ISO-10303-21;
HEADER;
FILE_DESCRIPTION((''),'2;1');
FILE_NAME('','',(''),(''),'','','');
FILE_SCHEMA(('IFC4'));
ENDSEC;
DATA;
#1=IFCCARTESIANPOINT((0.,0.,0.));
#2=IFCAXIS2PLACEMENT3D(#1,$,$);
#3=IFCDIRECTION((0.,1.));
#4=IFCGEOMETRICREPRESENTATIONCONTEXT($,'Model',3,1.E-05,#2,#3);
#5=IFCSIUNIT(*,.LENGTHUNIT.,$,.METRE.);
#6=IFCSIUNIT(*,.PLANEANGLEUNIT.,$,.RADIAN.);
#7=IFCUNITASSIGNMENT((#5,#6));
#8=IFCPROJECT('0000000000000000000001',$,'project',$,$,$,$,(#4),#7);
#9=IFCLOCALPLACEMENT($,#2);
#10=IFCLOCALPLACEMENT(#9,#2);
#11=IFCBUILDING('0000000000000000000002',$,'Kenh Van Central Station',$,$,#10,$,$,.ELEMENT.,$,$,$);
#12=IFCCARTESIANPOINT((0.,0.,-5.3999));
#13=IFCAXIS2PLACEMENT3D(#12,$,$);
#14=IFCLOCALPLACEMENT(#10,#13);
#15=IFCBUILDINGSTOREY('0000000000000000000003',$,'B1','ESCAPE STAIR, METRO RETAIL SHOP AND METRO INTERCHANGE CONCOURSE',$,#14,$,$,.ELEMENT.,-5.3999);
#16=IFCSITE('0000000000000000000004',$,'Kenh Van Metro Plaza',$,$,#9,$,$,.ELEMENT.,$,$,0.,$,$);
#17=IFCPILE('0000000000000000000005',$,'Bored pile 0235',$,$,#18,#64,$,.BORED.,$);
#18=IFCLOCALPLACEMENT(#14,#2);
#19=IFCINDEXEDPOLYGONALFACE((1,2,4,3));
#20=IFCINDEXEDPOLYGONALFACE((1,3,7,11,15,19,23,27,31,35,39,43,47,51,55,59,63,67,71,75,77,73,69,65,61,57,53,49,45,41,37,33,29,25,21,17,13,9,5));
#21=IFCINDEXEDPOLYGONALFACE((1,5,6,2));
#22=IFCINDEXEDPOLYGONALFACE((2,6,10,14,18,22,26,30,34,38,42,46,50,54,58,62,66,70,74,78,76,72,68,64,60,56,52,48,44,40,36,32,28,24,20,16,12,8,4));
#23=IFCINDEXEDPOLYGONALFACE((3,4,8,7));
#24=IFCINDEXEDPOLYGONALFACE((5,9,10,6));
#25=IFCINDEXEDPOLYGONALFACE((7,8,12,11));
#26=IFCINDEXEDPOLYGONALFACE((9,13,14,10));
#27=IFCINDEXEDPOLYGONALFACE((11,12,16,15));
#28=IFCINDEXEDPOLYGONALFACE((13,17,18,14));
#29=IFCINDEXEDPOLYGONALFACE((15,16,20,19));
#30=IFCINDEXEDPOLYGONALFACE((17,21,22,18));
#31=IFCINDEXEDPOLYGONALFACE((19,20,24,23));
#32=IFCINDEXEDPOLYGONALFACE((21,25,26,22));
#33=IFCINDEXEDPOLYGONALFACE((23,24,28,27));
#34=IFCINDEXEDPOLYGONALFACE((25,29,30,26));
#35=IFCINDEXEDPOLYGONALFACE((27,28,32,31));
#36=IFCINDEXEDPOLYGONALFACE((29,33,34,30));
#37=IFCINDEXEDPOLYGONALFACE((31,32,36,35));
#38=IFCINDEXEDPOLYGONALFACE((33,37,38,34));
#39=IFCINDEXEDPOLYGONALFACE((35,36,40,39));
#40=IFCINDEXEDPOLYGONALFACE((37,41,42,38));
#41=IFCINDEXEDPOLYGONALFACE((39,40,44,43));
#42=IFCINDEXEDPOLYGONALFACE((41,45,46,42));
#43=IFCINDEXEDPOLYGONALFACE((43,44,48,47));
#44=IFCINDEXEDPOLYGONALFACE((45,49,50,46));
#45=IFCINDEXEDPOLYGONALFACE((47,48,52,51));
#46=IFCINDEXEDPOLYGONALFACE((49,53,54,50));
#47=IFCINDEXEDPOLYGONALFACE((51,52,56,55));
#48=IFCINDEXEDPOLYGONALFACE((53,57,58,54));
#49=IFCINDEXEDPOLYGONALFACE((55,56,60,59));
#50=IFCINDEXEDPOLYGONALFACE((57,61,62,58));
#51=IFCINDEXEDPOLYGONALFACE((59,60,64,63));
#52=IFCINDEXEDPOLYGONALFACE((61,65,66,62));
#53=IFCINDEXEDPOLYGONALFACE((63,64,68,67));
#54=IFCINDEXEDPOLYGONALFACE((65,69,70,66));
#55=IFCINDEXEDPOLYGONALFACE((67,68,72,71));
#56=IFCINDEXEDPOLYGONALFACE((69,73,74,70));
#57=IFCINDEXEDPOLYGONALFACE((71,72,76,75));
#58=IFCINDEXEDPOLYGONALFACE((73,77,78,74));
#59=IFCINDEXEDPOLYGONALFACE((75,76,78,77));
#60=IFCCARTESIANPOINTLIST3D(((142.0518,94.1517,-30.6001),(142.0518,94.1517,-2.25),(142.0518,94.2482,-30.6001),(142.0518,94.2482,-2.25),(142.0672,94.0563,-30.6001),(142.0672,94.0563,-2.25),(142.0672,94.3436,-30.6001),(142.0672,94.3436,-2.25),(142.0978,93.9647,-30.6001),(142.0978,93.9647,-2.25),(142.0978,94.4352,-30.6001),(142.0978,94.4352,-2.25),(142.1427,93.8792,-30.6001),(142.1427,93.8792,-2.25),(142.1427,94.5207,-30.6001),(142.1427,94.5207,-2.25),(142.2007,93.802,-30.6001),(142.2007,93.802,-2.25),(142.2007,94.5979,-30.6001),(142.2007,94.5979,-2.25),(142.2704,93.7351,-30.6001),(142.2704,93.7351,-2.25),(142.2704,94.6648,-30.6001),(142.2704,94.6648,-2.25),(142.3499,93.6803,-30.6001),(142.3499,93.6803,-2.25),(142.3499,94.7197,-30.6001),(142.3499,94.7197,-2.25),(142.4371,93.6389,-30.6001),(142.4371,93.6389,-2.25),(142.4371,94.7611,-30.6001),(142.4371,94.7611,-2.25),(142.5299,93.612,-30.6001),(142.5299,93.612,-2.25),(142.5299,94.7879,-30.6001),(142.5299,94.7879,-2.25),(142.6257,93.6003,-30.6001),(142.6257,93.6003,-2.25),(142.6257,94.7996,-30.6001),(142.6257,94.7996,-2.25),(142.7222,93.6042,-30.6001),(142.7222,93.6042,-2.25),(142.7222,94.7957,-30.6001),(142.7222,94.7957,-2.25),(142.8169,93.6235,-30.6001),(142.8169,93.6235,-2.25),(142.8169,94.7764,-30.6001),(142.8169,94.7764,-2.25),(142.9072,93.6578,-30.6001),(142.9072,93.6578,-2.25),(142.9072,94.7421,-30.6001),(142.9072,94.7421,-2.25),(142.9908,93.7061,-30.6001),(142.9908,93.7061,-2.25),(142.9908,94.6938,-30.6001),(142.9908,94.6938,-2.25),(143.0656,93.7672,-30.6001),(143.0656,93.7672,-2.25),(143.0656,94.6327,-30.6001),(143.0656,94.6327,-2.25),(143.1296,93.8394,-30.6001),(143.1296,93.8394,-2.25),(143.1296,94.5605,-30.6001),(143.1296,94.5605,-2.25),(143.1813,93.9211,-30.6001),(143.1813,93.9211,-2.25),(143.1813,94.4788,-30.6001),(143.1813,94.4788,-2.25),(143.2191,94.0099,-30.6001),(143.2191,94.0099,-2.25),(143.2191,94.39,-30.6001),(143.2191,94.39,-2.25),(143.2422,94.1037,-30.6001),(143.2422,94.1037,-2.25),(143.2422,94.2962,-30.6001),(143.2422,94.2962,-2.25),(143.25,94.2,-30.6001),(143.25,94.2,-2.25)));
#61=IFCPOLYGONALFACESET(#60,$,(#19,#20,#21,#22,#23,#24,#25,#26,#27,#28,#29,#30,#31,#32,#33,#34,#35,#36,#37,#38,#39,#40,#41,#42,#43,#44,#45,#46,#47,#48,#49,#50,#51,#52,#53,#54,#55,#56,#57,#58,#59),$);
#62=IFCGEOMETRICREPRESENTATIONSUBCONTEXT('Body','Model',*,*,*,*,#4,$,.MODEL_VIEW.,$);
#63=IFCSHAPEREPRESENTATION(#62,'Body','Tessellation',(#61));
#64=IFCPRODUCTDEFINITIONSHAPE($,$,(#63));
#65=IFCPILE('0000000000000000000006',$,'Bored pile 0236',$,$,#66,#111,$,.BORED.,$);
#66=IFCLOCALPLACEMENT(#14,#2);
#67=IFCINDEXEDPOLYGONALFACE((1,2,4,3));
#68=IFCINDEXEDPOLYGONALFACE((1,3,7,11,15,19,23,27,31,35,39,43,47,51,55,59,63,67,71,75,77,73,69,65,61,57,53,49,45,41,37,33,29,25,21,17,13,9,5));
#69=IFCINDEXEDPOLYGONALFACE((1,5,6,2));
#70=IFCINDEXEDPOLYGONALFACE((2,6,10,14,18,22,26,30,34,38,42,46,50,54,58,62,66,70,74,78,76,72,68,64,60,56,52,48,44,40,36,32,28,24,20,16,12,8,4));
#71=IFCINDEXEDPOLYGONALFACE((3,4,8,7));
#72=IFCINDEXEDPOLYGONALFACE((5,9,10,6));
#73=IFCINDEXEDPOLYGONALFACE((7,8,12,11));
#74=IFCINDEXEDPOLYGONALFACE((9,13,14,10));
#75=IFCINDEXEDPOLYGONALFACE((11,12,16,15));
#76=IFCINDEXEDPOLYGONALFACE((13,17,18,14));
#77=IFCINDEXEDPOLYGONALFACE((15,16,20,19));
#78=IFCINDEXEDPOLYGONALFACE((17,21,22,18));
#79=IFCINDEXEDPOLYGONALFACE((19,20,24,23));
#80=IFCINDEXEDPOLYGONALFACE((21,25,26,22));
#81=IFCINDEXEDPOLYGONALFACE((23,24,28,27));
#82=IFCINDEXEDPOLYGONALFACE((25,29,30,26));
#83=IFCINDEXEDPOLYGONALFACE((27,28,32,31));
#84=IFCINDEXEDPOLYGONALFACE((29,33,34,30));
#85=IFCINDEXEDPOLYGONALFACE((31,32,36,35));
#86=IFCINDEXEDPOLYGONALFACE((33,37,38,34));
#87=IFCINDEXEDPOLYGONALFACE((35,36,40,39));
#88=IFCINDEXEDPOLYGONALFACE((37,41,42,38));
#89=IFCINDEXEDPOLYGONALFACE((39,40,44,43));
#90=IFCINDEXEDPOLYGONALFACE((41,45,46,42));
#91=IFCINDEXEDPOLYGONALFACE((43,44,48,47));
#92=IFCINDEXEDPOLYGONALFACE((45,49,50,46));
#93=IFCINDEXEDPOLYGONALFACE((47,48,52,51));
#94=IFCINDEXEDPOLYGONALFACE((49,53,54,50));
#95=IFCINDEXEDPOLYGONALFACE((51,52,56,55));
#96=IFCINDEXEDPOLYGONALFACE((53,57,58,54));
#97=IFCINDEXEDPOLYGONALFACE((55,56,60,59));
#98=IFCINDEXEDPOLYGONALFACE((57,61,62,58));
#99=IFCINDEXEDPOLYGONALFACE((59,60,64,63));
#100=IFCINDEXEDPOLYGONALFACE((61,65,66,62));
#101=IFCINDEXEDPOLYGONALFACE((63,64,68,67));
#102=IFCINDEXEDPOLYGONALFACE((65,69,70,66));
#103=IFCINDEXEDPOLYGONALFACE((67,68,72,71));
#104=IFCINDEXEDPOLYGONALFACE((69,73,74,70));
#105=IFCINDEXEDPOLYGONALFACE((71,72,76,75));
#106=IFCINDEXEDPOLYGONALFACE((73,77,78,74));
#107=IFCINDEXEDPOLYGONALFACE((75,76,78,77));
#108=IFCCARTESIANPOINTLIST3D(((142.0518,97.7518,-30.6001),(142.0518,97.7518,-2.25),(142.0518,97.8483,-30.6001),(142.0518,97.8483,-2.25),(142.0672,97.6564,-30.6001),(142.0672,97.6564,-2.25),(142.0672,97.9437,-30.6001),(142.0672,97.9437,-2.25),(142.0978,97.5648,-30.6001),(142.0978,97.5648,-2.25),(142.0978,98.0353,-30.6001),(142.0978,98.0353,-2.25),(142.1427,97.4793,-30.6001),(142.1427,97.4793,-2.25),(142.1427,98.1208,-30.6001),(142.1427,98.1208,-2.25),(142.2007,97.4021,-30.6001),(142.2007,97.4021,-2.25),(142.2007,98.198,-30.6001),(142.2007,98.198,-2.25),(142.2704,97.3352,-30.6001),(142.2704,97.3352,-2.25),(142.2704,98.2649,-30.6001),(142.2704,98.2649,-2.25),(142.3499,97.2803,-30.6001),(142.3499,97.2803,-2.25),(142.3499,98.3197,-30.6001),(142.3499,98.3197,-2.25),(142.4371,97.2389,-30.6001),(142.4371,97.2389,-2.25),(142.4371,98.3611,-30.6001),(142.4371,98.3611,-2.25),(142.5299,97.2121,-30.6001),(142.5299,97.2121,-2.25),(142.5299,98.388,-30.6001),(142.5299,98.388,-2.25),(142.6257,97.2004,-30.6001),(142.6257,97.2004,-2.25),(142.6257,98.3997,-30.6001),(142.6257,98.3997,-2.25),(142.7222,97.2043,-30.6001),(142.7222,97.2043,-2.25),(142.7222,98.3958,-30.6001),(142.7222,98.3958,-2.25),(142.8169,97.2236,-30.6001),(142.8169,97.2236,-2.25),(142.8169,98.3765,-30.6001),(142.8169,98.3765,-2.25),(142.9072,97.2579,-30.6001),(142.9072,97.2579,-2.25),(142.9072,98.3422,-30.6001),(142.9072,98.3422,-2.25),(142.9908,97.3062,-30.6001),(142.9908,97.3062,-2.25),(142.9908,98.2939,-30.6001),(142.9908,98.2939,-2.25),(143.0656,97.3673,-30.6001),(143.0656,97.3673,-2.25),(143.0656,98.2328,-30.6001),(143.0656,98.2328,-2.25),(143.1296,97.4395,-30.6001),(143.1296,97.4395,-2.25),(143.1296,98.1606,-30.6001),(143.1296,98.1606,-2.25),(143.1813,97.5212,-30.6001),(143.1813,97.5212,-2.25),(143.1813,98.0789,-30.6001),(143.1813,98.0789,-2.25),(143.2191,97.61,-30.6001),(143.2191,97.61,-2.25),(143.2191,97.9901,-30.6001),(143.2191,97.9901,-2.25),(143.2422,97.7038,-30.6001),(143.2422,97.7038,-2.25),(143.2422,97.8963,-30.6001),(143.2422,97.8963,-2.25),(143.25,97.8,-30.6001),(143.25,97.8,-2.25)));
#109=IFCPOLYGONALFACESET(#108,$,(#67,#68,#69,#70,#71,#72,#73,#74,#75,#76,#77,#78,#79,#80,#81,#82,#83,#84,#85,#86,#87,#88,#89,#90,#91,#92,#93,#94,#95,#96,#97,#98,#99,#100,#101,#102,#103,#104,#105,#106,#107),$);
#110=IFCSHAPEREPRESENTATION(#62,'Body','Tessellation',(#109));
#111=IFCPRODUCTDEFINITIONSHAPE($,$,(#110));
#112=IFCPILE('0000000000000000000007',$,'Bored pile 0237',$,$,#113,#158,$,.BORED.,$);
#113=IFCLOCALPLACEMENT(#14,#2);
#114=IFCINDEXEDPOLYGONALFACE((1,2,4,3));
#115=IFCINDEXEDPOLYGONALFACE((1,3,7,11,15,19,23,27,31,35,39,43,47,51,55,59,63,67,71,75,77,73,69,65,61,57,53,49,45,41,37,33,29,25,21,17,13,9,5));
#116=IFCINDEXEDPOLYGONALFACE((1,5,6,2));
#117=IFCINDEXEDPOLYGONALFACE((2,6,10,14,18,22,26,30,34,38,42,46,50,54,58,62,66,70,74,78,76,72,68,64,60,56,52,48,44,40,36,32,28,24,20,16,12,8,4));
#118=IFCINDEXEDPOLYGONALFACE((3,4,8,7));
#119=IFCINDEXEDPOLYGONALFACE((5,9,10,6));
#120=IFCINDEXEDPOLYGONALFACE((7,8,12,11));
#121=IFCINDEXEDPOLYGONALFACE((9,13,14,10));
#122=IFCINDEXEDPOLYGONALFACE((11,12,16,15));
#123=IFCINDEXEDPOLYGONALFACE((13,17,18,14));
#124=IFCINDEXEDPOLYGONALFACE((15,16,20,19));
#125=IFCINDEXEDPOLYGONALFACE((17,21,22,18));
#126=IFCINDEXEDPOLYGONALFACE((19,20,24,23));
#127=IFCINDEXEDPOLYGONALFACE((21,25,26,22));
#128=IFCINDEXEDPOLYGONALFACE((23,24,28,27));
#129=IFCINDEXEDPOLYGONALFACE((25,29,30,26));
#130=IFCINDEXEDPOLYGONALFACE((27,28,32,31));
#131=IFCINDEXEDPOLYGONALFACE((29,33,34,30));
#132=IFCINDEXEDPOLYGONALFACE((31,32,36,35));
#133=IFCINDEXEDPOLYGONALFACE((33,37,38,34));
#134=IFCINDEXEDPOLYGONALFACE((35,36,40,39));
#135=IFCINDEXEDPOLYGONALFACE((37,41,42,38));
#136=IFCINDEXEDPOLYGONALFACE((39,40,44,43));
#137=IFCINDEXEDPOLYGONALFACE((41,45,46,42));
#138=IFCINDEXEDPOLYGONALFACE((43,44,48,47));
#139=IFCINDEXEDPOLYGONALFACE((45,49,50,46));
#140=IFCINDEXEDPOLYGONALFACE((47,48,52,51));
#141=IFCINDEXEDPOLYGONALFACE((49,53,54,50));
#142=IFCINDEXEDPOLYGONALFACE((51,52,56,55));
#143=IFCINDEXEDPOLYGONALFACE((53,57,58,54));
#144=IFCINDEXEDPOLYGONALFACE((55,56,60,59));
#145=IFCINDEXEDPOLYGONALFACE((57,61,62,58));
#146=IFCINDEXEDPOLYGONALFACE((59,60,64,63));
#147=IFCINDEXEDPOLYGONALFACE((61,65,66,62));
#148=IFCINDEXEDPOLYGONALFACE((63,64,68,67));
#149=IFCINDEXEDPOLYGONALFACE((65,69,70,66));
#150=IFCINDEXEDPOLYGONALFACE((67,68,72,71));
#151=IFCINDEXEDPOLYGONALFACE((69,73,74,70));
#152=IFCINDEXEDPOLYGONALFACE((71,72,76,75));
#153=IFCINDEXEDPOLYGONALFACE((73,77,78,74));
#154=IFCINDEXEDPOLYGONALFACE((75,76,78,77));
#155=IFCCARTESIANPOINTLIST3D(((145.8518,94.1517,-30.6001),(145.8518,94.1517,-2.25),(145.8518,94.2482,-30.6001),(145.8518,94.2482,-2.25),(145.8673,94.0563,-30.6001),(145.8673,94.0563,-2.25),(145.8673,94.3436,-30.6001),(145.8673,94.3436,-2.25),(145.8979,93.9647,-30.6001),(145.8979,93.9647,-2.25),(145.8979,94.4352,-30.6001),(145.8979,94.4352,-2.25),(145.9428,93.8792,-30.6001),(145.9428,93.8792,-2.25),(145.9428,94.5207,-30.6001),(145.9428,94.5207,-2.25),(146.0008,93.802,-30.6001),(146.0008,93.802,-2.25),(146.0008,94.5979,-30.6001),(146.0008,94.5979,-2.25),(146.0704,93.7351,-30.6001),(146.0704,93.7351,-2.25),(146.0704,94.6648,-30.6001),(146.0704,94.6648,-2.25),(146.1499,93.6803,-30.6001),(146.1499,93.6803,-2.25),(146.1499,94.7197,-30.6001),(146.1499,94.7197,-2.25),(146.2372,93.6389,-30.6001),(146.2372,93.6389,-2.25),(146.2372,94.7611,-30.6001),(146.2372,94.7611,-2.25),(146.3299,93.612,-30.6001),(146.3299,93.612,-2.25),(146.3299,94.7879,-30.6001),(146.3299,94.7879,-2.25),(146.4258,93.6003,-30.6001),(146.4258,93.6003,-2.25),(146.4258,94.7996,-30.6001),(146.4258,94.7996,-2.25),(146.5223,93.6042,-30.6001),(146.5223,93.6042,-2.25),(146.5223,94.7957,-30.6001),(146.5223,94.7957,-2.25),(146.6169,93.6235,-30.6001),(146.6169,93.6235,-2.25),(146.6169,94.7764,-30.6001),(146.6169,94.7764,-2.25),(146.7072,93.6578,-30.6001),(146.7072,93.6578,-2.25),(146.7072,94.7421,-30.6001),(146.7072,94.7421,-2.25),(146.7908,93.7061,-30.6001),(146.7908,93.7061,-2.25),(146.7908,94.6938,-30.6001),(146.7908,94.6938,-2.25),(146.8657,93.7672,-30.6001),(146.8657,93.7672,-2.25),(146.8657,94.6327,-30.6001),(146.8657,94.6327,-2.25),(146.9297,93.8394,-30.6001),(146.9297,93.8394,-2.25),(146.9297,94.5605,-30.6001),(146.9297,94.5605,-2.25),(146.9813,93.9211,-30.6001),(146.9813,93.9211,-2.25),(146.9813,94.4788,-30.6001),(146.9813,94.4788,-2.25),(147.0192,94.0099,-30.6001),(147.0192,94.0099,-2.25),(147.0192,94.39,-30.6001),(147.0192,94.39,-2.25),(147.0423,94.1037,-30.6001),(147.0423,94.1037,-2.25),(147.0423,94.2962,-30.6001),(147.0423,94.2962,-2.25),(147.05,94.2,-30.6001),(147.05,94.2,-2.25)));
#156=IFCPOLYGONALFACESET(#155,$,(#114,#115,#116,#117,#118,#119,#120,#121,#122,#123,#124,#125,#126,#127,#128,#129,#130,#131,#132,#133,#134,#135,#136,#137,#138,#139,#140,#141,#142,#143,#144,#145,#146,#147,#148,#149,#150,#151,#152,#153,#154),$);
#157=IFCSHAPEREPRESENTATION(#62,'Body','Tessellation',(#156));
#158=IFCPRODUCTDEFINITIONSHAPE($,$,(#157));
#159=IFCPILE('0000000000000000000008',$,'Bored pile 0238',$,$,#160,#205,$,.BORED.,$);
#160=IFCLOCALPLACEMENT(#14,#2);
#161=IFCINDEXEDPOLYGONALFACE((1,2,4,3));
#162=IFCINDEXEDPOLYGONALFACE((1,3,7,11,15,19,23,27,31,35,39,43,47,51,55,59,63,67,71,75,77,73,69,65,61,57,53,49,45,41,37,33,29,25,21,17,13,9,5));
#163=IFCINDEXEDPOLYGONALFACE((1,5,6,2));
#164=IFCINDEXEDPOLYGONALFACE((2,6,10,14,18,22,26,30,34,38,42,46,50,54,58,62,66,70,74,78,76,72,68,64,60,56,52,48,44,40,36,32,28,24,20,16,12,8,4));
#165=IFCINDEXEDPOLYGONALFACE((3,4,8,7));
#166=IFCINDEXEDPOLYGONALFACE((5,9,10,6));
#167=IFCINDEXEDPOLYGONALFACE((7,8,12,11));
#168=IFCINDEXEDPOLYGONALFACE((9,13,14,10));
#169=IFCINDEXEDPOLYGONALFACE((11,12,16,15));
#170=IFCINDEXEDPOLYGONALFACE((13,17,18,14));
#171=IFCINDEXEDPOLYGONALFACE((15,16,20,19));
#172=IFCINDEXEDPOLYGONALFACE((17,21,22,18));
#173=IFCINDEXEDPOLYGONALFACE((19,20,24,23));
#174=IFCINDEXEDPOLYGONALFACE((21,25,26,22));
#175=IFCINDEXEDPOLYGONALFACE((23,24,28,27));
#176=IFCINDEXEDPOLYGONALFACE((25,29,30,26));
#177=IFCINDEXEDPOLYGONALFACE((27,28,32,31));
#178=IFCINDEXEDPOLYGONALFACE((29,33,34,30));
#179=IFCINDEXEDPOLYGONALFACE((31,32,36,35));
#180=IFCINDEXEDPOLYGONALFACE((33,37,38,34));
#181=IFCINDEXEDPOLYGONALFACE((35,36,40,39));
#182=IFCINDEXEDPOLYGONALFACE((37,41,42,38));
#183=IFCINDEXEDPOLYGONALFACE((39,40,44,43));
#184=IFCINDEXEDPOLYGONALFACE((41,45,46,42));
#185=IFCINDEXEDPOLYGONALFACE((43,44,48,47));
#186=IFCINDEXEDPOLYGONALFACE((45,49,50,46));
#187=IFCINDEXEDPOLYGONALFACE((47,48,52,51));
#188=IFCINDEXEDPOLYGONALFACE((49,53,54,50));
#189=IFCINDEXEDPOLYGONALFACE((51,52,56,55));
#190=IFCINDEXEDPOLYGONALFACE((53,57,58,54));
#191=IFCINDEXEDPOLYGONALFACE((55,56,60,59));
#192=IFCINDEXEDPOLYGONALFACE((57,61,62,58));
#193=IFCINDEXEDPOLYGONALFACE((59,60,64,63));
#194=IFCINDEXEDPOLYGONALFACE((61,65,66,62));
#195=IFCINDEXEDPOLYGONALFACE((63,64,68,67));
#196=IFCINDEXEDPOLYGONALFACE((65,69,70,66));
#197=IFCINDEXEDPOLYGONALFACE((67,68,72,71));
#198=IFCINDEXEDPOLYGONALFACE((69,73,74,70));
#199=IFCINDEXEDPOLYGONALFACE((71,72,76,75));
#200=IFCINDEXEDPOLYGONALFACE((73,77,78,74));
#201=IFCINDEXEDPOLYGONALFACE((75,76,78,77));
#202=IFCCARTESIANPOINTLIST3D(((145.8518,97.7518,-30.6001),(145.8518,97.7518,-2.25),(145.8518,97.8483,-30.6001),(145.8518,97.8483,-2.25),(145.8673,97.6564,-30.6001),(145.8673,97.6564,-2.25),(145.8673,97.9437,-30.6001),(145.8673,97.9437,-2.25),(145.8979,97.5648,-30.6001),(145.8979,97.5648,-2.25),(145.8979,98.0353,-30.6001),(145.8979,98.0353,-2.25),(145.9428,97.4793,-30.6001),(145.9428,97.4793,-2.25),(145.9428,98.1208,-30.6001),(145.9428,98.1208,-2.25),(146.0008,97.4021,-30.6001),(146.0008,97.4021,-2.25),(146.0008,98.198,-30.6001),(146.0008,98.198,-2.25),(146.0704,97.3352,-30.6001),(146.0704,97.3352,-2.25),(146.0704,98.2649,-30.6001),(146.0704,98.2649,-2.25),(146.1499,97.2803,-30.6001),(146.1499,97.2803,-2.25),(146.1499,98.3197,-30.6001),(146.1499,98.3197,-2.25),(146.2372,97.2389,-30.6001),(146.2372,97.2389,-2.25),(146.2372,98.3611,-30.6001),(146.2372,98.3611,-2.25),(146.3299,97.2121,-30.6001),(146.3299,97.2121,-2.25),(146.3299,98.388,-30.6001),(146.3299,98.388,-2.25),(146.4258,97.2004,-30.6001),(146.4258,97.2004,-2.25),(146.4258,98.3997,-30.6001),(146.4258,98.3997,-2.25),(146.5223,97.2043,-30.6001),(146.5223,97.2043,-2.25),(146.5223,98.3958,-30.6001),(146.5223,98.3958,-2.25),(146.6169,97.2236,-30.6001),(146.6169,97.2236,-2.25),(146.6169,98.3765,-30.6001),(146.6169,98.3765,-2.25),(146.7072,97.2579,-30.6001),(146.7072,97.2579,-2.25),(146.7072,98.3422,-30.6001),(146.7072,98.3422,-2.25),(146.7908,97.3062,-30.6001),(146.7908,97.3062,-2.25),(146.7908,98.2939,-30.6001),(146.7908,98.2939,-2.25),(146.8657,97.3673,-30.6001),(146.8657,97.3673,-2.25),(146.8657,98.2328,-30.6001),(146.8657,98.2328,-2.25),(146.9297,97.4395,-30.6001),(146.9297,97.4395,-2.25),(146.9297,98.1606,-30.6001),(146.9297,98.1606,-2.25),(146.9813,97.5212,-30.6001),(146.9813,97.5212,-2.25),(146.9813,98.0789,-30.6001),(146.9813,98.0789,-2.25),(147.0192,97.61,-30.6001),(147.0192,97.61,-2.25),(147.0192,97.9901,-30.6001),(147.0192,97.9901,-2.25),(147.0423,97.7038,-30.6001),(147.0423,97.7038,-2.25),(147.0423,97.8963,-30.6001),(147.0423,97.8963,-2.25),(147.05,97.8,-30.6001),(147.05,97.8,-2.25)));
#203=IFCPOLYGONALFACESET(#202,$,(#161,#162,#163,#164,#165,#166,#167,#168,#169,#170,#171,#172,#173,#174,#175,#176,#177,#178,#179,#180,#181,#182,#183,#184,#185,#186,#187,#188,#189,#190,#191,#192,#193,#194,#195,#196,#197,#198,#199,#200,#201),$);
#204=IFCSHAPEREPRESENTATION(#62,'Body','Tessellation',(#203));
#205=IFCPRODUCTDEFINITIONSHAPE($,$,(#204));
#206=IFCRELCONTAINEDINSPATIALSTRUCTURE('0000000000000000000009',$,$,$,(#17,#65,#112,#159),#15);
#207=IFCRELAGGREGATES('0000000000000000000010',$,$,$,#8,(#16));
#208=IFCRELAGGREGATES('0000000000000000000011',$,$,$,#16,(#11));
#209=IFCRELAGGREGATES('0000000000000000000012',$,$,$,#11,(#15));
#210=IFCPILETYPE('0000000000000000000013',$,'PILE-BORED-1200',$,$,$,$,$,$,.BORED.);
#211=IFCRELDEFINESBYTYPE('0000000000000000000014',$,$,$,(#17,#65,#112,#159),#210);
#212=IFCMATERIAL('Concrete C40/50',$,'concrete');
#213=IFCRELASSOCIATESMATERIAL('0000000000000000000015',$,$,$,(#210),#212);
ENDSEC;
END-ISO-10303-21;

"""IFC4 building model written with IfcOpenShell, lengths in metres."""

from ifc_helpers import new_model, si_unit, direction, frame, origin, origin_2d, place, context, subcontext, project, spatial, circle, extrude, material, material_profile, profile_set, type_object, element, save


model = new_model("IFC4")

# Units and contexts
model_context = context("Model", 3, precision=1e-05, world=origin(), true_north=direction((0.0, 1.0)))
body_context = subcontext(model_context, "Body", "Model", "MODEL_VIEW")
ifc_project = project(units=[si_unit("LENGTHUNIT", "METRE"), si_unit("PLANEANGLEUNIT", "RADIAN")], contexts=[model_context])

# Site, building, storey
site_placement = place(None, origin())
site = spatial("IfcSite", under=ifc_project, at=site_placement, Name="Kenh Van Metro Plaza", CompositionType="ELEMENT", RefElevation=0.0)
building_placement = place(site_placement, origin())
building = spatial("IfcBuilding", under=site, at=building_placement, Name="Kenh Van Central Station", CompositionType="ELEMENT")
storey_placement = place(building_placement, frame((0.0, 0.0, -5.3999)))
storey = spatial("IfcBuildingStorey", under=building, at=storey_placement, Name="B1", Description="ESCAPE STAIR, METRO RETAIL SHOP AND METRO INTERCHANGE CONCOURSE", CompositionType="ELEMENT", Elevation=-5.3999)

# Shared definitions
ifc_material_1 = material(Name="Concrete C40/50", Category="concrete")

# Piles
ifc_material_profile_1 = material_profile(ifc_material_1, circle(Radius=0.6001, at=origin_2d()), Name="PILE D1200")
ifc_profile_set_1 = profile_set([ifc_material_profile_1], Name="Concrete C40/50")
pile_type_1 = type_object("IfcPileType", Name="PILE-BORED-1200", PredefinedType="BORED", material=ifc_profile_set_1)
for number, where, z_axis, x_axis, name in (
    (1, (142.6499, 94.2, -2.25), (0.0, 0.0, -1.0), (1.0, 0.0, 0.0), "Bored pile 0235"),
    (2, (142.6499, 97.8, -2.25), (0.0, 0.0, -1.0), (1.0, 0.0, 0.0), "Bored pile 0236"),
    (3, (146.45, 94.2, -2.25), (0.0, 0.0, -1.0), (1.0, 0.0, 0.0), "Bored pile 0237"),
    (4, (146.45, 97.8, -2.25), (0.0, 0.0, -1.0), (1.0, 0.0, 0.0), "Bored pile 0238"),
):
    element("IfcPile", number, at=place(storey_placement, frame(where, z_axis=z_axis, x_axis=x_axis)), inside=storey, type_object=pile_type_1, Name=name, PredefinedType="BORED", context=body_context, shape_type="SweptSolid", body=[
        extrude(circle(Radius=0.6001, at=origin_2d()), origin(), (0.0, 0.0, 1.0), 28.3501),
    ])

save(model, "model.ifc")
